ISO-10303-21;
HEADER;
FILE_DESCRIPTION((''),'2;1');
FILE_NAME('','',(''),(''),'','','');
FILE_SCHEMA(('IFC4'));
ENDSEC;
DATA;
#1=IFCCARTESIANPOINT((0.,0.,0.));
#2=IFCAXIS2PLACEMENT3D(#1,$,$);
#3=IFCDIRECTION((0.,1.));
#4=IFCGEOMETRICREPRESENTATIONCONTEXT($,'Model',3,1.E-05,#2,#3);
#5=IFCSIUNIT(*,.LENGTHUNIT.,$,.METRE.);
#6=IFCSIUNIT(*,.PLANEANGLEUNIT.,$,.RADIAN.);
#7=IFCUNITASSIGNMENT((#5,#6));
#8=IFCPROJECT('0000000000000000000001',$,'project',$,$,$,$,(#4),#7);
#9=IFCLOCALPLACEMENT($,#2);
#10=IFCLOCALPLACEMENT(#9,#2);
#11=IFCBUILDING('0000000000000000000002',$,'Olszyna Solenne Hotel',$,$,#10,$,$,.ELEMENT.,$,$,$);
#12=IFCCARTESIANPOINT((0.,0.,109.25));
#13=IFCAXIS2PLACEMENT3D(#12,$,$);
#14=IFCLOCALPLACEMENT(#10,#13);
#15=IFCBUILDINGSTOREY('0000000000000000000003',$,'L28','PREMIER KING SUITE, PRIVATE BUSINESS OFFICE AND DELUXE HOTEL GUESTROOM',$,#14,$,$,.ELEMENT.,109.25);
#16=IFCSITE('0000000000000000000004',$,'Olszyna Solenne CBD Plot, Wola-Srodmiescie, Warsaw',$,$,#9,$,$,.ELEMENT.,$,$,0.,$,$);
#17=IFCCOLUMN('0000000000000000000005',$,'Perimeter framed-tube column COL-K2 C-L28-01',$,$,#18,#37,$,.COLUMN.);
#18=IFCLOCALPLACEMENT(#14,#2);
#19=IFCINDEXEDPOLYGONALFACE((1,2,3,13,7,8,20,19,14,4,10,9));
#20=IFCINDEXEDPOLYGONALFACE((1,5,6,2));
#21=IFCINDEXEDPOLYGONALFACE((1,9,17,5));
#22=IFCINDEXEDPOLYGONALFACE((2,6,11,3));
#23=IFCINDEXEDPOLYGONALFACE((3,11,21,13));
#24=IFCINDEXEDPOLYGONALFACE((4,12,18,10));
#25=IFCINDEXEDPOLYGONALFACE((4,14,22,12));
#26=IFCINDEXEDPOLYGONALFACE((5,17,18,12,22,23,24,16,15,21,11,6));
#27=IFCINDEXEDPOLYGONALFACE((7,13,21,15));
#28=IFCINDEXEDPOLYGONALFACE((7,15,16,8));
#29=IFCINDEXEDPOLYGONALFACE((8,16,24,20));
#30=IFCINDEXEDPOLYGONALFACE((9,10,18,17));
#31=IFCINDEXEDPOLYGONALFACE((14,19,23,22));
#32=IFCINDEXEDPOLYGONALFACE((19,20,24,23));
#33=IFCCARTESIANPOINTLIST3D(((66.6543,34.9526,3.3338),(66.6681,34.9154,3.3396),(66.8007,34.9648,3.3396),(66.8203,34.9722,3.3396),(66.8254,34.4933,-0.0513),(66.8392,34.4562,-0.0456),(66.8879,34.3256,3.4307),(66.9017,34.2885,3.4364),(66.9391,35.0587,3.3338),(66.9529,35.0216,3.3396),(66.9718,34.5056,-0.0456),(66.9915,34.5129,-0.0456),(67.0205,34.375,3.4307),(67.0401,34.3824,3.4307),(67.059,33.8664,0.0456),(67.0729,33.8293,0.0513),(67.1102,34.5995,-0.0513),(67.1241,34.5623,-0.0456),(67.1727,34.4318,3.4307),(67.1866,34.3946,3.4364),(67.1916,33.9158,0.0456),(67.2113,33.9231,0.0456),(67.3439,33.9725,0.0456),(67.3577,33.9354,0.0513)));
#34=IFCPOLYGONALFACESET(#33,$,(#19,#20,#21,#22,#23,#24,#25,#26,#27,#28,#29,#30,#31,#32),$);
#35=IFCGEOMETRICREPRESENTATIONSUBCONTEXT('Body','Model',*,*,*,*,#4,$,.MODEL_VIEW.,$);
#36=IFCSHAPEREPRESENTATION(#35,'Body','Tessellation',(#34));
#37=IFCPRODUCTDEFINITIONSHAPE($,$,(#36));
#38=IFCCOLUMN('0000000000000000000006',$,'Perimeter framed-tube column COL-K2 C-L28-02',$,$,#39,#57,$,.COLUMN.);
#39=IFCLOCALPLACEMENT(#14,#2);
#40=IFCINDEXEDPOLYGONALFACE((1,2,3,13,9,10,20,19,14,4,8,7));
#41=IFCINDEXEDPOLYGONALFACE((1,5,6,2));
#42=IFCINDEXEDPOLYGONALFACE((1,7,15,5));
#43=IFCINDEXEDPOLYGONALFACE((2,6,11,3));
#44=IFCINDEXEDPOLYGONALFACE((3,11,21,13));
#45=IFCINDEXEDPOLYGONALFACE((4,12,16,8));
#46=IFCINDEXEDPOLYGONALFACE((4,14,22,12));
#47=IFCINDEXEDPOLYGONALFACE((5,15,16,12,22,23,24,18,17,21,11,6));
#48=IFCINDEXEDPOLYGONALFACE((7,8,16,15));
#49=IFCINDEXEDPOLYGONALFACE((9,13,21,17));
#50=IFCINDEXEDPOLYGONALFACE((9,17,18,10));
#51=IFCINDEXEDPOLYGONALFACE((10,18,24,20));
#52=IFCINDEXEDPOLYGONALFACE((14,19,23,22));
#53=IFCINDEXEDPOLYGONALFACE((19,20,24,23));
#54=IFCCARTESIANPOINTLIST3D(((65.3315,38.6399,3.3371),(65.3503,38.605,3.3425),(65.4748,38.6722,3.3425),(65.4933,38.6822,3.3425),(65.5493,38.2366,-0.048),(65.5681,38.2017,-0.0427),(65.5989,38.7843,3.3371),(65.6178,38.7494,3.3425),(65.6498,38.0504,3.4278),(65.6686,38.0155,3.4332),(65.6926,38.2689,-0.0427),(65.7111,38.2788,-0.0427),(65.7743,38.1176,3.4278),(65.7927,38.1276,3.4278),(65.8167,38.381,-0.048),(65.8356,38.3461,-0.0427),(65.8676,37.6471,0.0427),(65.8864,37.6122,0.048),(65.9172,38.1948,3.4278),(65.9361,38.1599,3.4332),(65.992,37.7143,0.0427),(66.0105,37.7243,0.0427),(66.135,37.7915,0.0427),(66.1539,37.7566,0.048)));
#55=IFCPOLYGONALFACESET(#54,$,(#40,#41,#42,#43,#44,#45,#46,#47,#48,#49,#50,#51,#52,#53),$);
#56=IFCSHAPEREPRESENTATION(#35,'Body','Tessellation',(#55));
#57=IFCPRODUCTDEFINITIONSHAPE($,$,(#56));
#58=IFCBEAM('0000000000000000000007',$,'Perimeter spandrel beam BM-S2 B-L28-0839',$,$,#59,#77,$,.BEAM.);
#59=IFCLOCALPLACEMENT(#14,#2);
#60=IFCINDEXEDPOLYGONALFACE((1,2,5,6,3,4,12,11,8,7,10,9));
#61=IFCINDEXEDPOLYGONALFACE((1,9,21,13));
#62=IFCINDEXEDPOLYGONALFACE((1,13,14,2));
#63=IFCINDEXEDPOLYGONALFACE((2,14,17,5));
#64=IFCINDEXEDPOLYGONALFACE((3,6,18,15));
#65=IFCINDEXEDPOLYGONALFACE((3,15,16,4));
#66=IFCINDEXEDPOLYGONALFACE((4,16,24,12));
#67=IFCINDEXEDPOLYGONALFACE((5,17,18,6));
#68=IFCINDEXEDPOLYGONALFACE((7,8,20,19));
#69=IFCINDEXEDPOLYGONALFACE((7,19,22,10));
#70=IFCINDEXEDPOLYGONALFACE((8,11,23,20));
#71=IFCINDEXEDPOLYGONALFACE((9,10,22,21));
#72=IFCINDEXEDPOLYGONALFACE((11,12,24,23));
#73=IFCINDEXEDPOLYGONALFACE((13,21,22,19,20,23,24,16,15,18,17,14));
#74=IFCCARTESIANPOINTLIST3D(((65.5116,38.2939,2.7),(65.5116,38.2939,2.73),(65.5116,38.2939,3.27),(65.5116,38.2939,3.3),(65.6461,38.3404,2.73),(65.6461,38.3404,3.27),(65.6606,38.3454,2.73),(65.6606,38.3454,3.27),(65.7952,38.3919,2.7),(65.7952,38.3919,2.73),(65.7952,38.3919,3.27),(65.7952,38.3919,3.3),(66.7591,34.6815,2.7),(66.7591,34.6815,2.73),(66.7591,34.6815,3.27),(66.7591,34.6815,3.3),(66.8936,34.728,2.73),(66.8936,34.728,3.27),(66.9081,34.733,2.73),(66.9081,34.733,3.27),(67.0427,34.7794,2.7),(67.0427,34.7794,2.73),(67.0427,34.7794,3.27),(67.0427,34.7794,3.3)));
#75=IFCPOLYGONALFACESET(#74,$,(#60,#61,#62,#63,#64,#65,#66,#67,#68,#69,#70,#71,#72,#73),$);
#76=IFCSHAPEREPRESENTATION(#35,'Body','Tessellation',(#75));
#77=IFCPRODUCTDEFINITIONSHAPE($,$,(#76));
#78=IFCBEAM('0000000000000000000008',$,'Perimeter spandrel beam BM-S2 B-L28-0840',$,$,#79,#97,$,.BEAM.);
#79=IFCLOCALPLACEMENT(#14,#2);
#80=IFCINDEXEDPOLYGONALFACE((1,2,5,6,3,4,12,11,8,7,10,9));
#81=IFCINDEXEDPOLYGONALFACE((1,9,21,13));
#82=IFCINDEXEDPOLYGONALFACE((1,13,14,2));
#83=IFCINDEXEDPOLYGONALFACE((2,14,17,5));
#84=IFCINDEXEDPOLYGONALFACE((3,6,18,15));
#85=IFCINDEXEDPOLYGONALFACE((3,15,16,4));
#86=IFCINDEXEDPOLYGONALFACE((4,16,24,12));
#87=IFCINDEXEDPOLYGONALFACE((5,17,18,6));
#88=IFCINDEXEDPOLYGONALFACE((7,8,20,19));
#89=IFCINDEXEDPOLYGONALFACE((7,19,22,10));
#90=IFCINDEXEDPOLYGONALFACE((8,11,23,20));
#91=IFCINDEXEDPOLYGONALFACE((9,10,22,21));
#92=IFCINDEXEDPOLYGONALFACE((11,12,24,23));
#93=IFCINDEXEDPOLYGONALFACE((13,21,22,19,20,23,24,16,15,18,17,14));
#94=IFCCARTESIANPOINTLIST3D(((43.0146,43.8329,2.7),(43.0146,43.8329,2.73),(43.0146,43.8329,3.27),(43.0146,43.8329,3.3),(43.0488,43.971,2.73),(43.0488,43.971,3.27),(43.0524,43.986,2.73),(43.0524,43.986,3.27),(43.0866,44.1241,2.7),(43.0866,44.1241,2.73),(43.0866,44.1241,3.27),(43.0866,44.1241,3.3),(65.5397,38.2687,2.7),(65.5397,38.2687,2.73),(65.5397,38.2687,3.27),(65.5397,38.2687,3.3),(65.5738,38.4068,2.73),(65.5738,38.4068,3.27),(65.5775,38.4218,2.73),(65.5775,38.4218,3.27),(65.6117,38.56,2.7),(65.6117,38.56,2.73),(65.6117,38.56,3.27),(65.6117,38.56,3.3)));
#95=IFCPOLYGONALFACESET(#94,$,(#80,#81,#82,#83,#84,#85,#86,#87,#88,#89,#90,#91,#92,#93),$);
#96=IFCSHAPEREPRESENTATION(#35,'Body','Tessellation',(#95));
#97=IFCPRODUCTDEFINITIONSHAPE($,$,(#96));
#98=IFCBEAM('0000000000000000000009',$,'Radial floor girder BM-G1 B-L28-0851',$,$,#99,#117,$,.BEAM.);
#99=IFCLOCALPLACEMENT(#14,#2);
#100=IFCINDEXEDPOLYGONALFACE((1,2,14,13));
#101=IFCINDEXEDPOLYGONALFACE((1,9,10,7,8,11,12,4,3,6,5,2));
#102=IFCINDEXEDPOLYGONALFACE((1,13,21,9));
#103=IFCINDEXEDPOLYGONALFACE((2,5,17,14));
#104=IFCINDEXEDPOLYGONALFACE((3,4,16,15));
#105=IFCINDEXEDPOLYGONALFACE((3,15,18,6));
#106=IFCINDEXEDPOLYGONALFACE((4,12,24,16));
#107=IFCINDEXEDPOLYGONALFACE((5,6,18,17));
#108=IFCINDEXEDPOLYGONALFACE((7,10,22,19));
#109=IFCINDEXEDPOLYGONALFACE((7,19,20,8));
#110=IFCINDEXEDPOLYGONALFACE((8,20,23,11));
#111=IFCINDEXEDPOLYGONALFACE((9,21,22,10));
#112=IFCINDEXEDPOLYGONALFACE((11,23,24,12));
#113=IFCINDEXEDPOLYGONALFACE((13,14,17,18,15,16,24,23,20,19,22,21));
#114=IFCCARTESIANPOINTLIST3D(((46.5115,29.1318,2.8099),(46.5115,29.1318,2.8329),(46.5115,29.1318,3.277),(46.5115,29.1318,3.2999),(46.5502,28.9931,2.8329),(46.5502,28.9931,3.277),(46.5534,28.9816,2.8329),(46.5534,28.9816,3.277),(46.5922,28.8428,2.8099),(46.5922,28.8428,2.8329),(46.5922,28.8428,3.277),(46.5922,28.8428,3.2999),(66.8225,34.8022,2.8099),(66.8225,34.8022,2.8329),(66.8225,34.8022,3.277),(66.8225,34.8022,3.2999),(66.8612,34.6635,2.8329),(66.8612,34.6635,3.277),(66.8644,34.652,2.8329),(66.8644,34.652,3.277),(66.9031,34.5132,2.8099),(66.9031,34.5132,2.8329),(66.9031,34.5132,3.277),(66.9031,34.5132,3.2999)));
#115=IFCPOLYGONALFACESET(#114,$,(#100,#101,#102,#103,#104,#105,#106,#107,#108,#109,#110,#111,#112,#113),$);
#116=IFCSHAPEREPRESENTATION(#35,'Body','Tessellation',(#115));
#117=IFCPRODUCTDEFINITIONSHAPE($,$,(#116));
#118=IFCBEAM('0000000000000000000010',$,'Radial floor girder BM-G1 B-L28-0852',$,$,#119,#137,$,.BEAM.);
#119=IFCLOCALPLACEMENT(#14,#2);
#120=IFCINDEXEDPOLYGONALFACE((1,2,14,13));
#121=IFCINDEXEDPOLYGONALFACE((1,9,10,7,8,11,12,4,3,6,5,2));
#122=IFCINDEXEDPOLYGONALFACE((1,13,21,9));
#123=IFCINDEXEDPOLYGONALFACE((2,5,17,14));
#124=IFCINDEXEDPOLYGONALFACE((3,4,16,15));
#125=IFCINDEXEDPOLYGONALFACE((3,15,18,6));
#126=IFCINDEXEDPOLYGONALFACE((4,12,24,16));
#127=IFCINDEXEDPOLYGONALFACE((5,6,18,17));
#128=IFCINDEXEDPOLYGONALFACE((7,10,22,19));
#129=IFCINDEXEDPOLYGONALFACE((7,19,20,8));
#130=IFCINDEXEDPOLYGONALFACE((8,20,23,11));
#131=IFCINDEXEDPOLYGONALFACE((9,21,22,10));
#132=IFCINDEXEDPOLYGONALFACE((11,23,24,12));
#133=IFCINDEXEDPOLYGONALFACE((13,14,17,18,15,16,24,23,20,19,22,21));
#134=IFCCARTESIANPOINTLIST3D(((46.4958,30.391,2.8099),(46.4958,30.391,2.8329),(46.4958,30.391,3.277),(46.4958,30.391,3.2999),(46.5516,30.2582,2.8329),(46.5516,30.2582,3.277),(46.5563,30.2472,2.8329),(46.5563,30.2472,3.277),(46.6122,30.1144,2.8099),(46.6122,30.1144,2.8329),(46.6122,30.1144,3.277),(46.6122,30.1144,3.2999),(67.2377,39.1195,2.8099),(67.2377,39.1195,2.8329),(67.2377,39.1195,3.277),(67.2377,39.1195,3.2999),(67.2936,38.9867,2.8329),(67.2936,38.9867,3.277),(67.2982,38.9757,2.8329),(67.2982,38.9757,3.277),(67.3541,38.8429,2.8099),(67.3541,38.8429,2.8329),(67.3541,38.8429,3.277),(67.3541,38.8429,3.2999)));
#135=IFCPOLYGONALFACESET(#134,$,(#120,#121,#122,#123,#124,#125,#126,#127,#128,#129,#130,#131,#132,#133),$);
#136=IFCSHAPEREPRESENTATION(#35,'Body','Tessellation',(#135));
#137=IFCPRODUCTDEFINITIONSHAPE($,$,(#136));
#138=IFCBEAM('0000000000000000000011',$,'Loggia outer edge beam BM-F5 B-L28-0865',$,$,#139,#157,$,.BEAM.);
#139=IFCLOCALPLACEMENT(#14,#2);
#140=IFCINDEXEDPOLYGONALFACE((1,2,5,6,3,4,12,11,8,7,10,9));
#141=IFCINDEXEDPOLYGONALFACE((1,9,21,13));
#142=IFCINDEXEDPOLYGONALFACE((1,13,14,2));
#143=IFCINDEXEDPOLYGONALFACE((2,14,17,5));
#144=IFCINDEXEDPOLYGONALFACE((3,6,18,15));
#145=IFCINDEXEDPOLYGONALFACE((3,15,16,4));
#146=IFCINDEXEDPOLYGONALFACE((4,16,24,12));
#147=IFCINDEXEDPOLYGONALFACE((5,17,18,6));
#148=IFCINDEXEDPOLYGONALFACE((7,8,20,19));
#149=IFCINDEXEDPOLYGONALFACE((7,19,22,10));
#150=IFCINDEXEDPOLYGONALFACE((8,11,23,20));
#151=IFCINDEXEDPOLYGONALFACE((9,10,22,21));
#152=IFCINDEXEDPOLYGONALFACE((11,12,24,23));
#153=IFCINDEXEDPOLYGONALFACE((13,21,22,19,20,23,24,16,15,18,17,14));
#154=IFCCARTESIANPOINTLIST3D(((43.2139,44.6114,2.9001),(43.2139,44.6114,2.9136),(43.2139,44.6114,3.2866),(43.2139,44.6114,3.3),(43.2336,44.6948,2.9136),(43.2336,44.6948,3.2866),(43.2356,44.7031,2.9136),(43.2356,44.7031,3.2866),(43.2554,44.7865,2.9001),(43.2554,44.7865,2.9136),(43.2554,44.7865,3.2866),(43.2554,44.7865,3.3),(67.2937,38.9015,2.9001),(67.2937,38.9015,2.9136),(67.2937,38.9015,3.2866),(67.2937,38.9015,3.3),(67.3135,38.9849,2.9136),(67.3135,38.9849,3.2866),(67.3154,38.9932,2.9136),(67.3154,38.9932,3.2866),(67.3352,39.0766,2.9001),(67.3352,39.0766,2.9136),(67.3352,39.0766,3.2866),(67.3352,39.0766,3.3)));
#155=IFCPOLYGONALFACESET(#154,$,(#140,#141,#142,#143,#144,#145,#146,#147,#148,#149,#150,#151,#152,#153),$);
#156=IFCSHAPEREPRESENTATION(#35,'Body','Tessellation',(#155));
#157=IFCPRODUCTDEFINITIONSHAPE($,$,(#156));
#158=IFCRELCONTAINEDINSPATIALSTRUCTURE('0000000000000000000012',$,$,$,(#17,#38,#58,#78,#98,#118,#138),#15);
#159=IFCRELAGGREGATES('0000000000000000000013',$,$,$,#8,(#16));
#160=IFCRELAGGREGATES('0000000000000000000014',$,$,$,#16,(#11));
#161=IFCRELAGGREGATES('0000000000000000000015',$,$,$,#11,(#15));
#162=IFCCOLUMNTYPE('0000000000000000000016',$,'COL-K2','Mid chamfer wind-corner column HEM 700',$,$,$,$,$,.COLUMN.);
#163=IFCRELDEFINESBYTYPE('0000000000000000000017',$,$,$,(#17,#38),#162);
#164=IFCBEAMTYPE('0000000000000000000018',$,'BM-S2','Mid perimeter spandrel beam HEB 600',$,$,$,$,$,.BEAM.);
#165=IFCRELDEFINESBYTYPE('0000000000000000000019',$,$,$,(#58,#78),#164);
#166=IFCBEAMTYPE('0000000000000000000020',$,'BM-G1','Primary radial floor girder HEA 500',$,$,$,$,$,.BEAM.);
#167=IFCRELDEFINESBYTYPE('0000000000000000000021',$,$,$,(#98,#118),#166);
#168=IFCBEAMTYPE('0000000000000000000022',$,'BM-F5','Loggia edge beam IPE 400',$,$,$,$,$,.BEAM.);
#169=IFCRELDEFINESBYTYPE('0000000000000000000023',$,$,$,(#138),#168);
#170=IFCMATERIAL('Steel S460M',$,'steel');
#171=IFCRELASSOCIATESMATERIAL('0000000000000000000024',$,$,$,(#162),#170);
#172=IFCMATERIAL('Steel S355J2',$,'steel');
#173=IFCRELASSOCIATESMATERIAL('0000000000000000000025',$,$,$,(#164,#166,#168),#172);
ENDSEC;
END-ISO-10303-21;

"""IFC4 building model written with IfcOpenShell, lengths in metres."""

from ifc_helpers import new_model, si_unit, direction, frame, origin, origin_2d, place, context, subcontext, project, spatial, i_section, extrude, source, transform, mapped, material, material_profile, profile_set, type_object, element, save


model = new_model("IFC4")

# Units and contexts
model_context = context("Model", 3, precision=1e-05, world=origin(), true_north=direction((0.0, 1.0)))
body_context = subcontext(model_context, "Body", "Model", "MODEL_VIEW")
ifc_project = project(units=[si_unit("LENGTHUNIT", "METRE"), si_unit("PLANEANGLEUNIT", "RADIAN")], contexts=[model_context])

# Site, building, storey
site_placement = place(None, origin())
site = spatial("IfcSite", under=ifc_project, at=site_placement, Name="Olszyna Solenne CBD Plot, Wola-Srodmiescie, Warsaw", CompositionType="ELEMENT", RefElevation=0.0)
building_placement = place(site_placement, origin())
building = spatial("IfcBuilding", under=site, at=building_placement, Name="Olszyna Solenne Hotel", CompositionType="ELEMENT")
storey_placement = place(building_placement, frame((0.0, 0.0, 109.25)))
storey = spatial("IfcBuildingStorey", under=building, at=storey_placement, Name="L28", Description="PREMIER KING SUITE, PRIVATE BUSINESS OFFICE AND DELUXE HOTEL GUESTROOM", CompositionType="ELEMENT", Elevation=109.25)

# Columns
ifc_material_1 = material(Name="Steel S460M", Category="steel")
ifc_material_profile_1 = material_profile(ifc_material_1, i_section(OverallWidth=0.304, OverallDepth=0.7161, WebThickness=0.021, FlangeThickness=0.04, at=origin_2d()), Name="HEM 700", Category="load-bearing")
ifc_profile_set_1 = profile_set([ifc_material_profile_1], Name="Steel S460M")
column_type = type_object("IfcColumnType", Name="COL-K2", Description="Mid chamfer wind-corner column HEM 700", PredefinedType="COLUMN", material=ifc_profile_set_1)
shared_shape_1 = source(origin(), body_context, "Body", "SweptSolid", [
    extrude(i_section(OverallWidth=0.304, OverallDepth=0.7161, WebThickness=0.021, FlangeThickness=0.04, at=origin_2d()), origin(), (0.0, 0.0, 1.0), 3.4204),
])
column_1_placement = place(storey_placement, frame((67.0916, 34.2144, 0.0), z_axis=(-0.050037, 0.134265, 0.989681), x_axis=(-0.937044, -0.349212, 0.0)))
element("IfcColumn", 1, at=column_1_placement, inside=storey, type_object=column_type, Name="Perimeter framed-tube column COL-K2 C-L28-01", PredefinedType="COLUMN", context=body_context, shape_type="MappedRepresentation", body=[
    mapped(shared_shape_1, transform((0.0, 0.0, 0.0), x_axis=(1.0, 0.0, 0.0), y_axis=(0.0, 1.0, 0.0), z_axis=(0.0, 0.0, 1.0), scale=1.0)),
])
shared_shape_2 = source(origin(), body_context, "Body", "SweptSolid", [
    extrude(i_section(OverallWidth=0.304, OverallDepth=0.7161, WebThickness=0.021, FlangeThickness=0.04, at=origin_2d()), origin(), (0.0, 0.0, 1.0), 3.416),
])
column_2_placement = place(storey_placement, frame((65.8516, 37.9966, 0.0), z_axis=(-0.063753, 0.118071, 0.990956), x_axis=(-0.879923, -0.475116, 0.0)))
element("IfcColumn", 2, at=column_2_placement, inside=storey, type_object=column_type, Name="Perimeter framed-tube column COL-K2 C-L28-02", PredefinedType="COLUMN", context=body_context, shape_type="MappedRepresentation", body=[
    mapped(shared_shape_2, transform((0.0, 0.0, 0.0), x_axis=(1.0, 0.0, 0.0), y_axis=(0.0, 1.0, 0.0), z_axis=(0.0, 0.0, 1.0), scale=1.0)),
])

# Beams
ifc_material_2 = material(Name="Steel S355J2", Category="steel")
ifc_material_profile_2 = material_profile(ifc_material_2, i_section(OverallWidth=0.3, OverallDepth=0.6001, WebThickness=0.0154, FlangeThickness=0.03, at=origin_2d()), Name="HEB 600", Category="load-bearing")
ifc_profile_set_2 = profile_set([ifc_material_profile_2], Name="Steel S355J2")
beam_type_1 = type_object("IfcBeamType", Name="BM-S2", Description="Mid perimeter spandrel beam HEB 600", PredefinedType="BEAM", material=ifc_profile_set_2)
shared_shape_3 = source(origin(), body_context, "Body", "SweptSolid", [
    extrude(i_section(OverallWidth=0.3, OverallDepth=0.6001, WebThickness=0.0154, FlangeThickness=0.03, at=origin_2d()), origin(), (0.0, 0.0, 1.0), 3.8218),
])
beam_1_placement = place(storey_placement, frame((66.9009, 34.7305, 3.0), z_axis=(-0.326424, 0.945224, 0.0), x_axis=(-0.945224, -0.326424, 0.0)))
element("IfcBeam", 3, at=beam_1_placement, inside=storey, type_object=beam_type_1, Name="Perimeter spandrel beam BM-S2 B-L28-0839", PredefinedType="BEAM", context=body_context, shape_type="MappedRepresentation", body=[
    mapped(shared_shape_3, transform((0.0, 0.0, 0.0), x_axis=(1.0, 0.0, 0.0), y_axis=(0.0, 1.0, 0.0), z_axis=(0.0, 0.0, 1.0), scale=1.0)),
])
shared_shape_4 = source(origin(), body_context, "Body", "SweptSolid", [
    extrude(i_section(OverallWidth=0.3, OverallDepth=0.6001, WebThickness=0.0154, FlangeThickness=0.03, at=origin_2d()), origin(), (0.0, 0.0, 1.0), 23.2021),
])
beam_2_placement = place(storey_placement, frame((65.5757, 38.4143, 3.0), z_axis=(-0.970819, 0.239814, 0.0), x_axis=(-0.239814, -0.970819, 0.0)))
element("IfcBeam", 4, at=beam_2_placement, inside=storey, type_object=beam_type_1, Name="Perimeter spandrel beam BM-S2 B-L28-0840", PredefinedType="BEAM", context=body_context, shape_type="MappedRepresentation", body=[
    mapped(shared_shape_4, transform((0.0, 0.0, 0.0), x_axis=(1.0, 0.0, 0.0), y_axis=(0.0, 1.0, 0.0), z_axis=(0.0, 0.0, 1.0), scale=1.0)),
])
ifc_material_profile_3 = material_profile(ifc_material_2, i_section(OverallWidth=0.3, OverallDepth=0.49, WebThickness=0.012, FlangeThickness=0.0229, at=origin_2d()), Name="HEA 500", Category="load-bearing")
ifc_profile_set_3 = profile_set([ifc_material_profile_3], Name="Steel S355J2")
beam_type_2 = type_object("IfcBeamType", Name="BM-G1", Description="Primary radial floor girder HEA 500", PredefinedType="BEAM", material=ifc_profile_set_3)
shared_shape_5 = source(origin(), body_context, "Body", "SweptSolid", [
    extrude(i_section(OverallWidth=0.3, OverallDepth=0.49, WebThickness=0.012, FlangeThickness=0.0229, at=origin_2d()), origin(), (0.0, 0.0, 1.0), 21.0876),
])
beam_3_placement = place(storey_placement, frame((66.8628, 34.6577, 3.0549), z_axis=(-0.963169, -0.268896, 0.0), x_axis=(0.268896, -0.963169, 0.0)))
element("IfcBeam", 5, at=beam_3_placement, inside=storey, type_object=beam_type_2, Name="Radial floor girder BM-G1 B-L28-0851", PredefinedType="BEAM", context=body_context, shape_type="MappedRepresentation", body=[
    mapped(shared_shape_5, transform((0.0, 0.0, 0.0), x_axis=(1.0, 0.0, 0.0), y_axis=(0.0, 1.0, 0.0), z_axis=(0.0, 0.0, 1.0), scale=1.0)),
])
shared_shape_6 = source(origin(), body_context, "Body", "SweptSolid", [
    extrude(i_section(OverallWidth=0.3, OverallDepth=0.49, WebThickness=0.012, FlangeThickness=0.0229, at=origin_2d()), origin(), (0.0, 0.0, 1.0), 22.5037),
])
beam_4_placement = place(storey_placement, frame((67.2959, 38.9812, 3.0549), z_axis=(-0.921714, -0.387871, 0.0), x_axis=(0.387871, -0.921714, 0.0)))
element("IfcBeam", 6, at=beam_4_placement, inside=storey, type_object=beam_type_2, Name="Radial floor girder BM-G1 B-L28-0852", PredefinedType="BEAM", context=body_context, shape_type="MappedRepresentation", body=[
    mapped(shared_shape_6, transform((0.0, 0.0, 0.0), x_axis=(1.0, 0.0, 0.0), y_axis=(0.0, 1.0, 0.0), z_axis=(0.0, 0.0, 1.0), scale=1.0)),
])
ifc_material_profile_4 = material_profile(ifc_material_2, i_section(OverallWidth=0.1799, OverallDepth=0.3999, WebThickness=0.0085, FlangeThickness=0.0134, at=origin_2d()), Name="IPE 400", Category="load-bearing")
ifc_profile_set_4 = profile_set([ifc_material_profile_4], Name="Steel S355J2")
beam_type_3 = type_object("IfcBeamType", Name="BM-F5", Description="Loggia edge beam IPE 400", PredefinedType="BEAM", material=ifc_profile_set_4)
shared_shape_7 = source(origin(), body_context, "Body", "SweptSolid", [
    extrude(i_section(OverallWidth=0.1799, OverallDepth=0.3999, WebThickness=0.0085, FlangeThickness=0.0134, at=origin_2d()), origin(), (0.0, 0.0, 1.0), 24.7476),
])
beam_5_placement = place(storey_placement, frame((67.3145, 38.989, 3.1001), z_axis=(-0.973018, 0.230728, 0.0), x_axis=(-0.230728, -0.973018, 0.0)))
element("IfcBeam", 7, at=beam_5_placement, inside=storey, type_object=beam_type_3, Name="Loggia outer edge beam BM-F5 B-L28-0865", PredefinedType="BEAM", context=body_context, shape_type="MappedRepresentation", body=[
    mapped(shared_shape_7, transform((0.0, 0.0, 0.0), x_axis=(1.0, 0.0, 0.0), y_axis=(0.0, 1.0, 0.0), z_axis=(0.0, 0.0, 1.0), scale=1.0)),
])

save(model, "model.ifc")
